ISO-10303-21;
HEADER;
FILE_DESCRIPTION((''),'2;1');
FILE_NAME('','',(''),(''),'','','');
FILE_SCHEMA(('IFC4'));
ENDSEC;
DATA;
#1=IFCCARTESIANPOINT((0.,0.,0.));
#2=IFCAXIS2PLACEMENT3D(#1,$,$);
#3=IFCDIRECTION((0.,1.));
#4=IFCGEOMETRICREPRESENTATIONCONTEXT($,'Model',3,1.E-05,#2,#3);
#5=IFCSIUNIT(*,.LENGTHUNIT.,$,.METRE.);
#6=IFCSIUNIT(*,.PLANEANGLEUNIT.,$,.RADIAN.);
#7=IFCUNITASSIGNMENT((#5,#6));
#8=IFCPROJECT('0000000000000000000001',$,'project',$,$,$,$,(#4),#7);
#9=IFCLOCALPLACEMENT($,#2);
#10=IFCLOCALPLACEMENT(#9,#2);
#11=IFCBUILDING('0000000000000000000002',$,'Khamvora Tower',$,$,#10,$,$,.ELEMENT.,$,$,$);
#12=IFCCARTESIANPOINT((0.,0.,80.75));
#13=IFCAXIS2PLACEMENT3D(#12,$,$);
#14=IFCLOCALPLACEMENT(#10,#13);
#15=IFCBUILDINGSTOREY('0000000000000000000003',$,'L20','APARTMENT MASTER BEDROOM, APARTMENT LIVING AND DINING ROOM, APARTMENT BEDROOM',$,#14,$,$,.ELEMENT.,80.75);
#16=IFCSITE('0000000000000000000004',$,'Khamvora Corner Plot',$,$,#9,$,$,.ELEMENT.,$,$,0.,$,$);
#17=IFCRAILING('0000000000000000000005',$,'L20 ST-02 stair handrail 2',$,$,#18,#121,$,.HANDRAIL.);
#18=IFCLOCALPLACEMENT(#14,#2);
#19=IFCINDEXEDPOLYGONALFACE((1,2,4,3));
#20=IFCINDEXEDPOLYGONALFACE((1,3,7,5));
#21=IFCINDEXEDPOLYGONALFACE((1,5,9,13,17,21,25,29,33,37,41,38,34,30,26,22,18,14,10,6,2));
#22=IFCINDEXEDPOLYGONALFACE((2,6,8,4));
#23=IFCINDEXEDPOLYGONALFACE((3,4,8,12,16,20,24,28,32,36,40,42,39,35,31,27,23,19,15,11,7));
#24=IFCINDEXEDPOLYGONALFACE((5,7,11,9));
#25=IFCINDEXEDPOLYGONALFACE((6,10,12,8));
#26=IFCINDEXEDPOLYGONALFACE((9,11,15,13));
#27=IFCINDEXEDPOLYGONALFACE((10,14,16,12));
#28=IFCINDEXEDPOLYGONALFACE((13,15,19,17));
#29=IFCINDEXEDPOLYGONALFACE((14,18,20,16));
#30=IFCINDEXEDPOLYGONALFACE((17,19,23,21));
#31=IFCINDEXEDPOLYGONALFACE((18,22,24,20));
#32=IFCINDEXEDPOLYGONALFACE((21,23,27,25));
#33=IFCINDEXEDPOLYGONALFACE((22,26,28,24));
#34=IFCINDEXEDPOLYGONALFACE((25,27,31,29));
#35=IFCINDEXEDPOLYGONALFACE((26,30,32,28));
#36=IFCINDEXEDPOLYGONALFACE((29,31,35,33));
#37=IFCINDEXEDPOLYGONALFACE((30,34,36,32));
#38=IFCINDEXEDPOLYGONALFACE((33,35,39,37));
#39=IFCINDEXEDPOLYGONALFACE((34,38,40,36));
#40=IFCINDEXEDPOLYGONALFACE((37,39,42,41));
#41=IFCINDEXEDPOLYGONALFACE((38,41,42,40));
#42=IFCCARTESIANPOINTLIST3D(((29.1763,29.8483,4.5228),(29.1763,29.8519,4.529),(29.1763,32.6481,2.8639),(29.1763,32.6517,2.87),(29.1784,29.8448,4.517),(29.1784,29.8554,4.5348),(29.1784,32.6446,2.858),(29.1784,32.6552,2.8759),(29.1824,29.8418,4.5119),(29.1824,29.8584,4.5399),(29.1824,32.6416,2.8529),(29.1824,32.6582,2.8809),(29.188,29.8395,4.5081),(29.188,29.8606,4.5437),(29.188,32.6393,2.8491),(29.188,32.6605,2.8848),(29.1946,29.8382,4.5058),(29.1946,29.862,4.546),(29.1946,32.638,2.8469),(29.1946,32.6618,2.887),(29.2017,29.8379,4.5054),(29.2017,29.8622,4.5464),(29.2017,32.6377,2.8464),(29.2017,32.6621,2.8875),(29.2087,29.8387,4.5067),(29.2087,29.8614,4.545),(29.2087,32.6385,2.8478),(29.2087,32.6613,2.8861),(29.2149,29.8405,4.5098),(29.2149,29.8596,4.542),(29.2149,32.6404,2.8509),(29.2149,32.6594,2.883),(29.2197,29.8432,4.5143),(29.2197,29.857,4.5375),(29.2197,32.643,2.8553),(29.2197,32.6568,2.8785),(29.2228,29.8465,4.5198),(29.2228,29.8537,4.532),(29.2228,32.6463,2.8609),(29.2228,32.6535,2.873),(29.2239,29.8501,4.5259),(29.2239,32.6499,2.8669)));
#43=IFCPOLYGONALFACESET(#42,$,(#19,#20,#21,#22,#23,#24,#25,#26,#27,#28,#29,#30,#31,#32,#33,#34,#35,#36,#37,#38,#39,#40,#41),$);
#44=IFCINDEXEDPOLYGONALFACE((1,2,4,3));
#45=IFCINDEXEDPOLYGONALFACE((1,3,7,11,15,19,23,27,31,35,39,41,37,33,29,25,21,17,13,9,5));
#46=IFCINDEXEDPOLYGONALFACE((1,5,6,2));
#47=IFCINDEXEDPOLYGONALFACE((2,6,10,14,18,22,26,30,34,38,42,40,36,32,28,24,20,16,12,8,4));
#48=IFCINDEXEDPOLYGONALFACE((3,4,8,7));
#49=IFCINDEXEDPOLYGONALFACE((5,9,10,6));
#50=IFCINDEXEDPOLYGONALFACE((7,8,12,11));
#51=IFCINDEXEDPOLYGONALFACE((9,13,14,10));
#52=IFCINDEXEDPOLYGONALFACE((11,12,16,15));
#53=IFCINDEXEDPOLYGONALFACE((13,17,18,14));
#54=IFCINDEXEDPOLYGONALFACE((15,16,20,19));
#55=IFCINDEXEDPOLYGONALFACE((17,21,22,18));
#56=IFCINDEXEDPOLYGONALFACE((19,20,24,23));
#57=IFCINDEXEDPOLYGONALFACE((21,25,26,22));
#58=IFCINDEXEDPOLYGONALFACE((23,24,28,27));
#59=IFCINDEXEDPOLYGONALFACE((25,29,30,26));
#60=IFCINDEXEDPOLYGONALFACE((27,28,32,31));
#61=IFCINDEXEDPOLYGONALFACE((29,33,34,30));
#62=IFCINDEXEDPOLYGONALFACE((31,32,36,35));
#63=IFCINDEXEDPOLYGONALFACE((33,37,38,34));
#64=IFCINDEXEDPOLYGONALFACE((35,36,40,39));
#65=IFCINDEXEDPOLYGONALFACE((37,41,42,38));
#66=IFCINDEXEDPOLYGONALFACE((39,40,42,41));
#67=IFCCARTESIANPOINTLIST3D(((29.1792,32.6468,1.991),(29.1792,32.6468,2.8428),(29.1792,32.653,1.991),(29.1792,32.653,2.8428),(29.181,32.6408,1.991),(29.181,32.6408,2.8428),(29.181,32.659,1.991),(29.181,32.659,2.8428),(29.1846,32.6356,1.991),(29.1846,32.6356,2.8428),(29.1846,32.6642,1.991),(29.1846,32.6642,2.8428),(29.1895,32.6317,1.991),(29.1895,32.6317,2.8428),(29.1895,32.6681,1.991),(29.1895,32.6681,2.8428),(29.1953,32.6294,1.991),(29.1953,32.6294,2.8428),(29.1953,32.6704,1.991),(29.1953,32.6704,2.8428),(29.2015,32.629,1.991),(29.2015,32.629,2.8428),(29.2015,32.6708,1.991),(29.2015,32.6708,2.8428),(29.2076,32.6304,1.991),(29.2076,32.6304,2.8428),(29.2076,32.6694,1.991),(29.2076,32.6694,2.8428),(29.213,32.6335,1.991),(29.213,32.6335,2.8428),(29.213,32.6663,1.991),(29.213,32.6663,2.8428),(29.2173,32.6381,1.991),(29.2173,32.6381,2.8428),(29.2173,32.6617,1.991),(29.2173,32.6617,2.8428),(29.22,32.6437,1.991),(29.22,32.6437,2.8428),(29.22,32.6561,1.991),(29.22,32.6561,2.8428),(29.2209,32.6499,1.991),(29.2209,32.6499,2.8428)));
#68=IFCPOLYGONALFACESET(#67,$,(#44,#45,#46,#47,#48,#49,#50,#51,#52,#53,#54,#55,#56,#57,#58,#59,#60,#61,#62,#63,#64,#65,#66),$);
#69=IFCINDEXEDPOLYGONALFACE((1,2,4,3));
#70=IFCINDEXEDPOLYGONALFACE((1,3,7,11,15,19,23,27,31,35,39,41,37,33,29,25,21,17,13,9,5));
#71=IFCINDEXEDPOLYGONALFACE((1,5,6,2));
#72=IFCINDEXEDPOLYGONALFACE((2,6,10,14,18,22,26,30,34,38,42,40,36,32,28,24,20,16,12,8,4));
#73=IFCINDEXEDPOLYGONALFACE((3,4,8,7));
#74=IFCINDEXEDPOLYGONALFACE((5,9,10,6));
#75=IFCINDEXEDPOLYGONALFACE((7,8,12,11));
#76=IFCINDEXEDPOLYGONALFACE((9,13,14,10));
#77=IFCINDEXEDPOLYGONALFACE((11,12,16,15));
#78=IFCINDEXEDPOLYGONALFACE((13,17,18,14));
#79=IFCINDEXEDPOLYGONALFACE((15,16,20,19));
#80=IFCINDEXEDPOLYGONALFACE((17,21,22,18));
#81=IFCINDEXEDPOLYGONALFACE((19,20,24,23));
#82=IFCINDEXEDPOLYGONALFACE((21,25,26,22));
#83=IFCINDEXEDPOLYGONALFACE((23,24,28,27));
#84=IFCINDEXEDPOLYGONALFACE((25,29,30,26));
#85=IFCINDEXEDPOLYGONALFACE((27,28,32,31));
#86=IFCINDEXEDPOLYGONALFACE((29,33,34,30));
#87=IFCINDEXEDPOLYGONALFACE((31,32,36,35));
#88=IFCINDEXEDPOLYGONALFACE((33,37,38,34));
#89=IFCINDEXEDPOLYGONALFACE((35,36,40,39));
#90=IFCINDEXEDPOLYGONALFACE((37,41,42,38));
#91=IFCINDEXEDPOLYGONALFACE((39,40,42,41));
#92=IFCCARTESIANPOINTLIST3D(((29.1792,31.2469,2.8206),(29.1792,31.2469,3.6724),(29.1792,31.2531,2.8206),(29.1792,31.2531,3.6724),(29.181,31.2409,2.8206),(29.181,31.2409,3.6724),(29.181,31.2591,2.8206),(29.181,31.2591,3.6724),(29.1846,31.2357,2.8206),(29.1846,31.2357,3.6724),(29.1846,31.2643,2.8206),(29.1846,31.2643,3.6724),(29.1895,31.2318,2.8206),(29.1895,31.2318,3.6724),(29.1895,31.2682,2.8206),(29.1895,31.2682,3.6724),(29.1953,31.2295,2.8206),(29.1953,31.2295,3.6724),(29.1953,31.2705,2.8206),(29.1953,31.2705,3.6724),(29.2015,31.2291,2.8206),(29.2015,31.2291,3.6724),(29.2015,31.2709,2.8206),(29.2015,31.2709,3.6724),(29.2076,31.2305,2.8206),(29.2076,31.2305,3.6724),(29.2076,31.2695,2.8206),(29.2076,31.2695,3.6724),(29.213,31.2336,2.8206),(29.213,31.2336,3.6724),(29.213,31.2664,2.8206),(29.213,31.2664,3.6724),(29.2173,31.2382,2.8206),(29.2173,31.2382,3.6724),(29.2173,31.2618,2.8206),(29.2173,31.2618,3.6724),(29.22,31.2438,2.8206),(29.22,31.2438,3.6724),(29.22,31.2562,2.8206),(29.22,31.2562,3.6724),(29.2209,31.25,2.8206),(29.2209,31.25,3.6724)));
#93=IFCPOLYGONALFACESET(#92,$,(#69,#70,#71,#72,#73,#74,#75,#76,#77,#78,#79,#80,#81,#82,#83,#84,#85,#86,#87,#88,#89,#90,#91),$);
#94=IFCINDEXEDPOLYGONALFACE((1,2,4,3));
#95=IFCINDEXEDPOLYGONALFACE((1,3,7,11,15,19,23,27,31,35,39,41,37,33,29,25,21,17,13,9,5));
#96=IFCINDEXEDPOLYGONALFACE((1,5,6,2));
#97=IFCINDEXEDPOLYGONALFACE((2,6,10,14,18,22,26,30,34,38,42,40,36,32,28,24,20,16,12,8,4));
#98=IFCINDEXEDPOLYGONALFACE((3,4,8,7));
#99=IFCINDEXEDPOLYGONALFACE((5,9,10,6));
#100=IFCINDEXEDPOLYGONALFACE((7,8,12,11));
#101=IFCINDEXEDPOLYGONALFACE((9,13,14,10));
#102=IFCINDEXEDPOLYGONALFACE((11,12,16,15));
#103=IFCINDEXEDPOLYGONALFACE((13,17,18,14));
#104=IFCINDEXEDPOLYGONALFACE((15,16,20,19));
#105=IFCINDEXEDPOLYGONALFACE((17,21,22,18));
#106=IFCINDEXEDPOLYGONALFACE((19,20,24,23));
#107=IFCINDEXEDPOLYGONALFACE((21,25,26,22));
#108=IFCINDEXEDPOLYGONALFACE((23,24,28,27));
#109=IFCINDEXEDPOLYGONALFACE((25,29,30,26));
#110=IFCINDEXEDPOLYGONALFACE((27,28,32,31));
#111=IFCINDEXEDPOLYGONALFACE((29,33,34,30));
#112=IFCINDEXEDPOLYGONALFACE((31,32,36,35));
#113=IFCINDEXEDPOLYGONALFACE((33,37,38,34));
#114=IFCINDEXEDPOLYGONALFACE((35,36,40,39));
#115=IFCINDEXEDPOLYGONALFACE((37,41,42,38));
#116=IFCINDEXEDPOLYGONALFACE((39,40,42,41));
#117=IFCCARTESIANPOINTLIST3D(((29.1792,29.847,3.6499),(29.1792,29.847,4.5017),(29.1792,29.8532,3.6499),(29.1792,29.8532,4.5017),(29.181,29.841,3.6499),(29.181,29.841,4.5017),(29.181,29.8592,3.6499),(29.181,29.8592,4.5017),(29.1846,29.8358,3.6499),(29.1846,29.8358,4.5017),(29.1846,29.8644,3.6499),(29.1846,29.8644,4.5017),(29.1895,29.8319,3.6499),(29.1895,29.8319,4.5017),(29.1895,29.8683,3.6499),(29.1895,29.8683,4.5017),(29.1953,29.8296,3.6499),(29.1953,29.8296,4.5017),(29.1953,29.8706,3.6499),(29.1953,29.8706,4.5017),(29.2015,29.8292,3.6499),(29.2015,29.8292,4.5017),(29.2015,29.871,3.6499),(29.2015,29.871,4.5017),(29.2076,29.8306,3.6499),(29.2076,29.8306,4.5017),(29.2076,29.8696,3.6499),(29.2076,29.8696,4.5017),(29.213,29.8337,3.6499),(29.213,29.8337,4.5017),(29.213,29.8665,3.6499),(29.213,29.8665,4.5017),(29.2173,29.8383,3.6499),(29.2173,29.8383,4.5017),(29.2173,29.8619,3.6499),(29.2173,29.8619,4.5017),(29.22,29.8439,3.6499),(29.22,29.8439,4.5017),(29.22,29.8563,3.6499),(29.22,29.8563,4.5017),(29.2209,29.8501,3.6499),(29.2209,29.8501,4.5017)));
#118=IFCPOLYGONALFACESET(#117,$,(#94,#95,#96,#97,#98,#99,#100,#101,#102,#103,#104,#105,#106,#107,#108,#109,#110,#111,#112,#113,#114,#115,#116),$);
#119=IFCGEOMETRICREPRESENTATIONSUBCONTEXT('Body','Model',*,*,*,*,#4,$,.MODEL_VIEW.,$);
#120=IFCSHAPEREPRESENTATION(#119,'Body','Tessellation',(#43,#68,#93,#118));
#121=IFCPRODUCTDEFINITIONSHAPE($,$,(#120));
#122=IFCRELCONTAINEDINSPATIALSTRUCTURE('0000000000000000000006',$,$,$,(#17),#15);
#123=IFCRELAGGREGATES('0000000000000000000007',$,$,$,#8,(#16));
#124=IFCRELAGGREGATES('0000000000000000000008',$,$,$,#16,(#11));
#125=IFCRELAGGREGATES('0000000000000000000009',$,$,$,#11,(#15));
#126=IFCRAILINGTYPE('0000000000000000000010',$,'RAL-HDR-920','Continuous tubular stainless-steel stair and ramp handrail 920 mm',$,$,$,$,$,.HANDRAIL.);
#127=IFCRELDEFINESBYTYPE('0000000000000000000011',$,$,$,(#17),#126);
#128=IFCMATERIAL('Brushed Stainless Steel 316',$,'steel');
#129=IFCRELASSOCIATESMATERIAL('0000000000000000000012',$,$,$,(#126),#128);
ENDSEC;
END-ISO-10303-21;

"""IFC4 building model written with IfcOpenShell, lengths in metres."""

from ifc_helpers import new_model, si_unit, direction, frame, origin, origin_2d, place, context, subcontext, project, spatial, circle, extrude, material, type_object, element, save


model = new_model("IFC4")

# Units and contexts
model_context = context("Model", 3, precision=1e-05, world=origin(), true_north=direction((0.0, 1.0)))
body_context = subcontext(model_context, "Body", "Model", "MODEL_VIEW")
ifc_project = project(units=[si_unit("LENGTHUNIT", "METRE"), si_unit("PLANEANGLEUNIT", "RADIAN")], contexts=[model_context])

# Site, building, storey
site_placement = place(None, origin())
site = spatial("IfcSite", under=ifc_project, at=site_placement, Name="Khamvora Corner Plot", CompositionType="ELEMENT", RefElevation=0.0)
building_placement = place(site_placement, origin())
building = spatial("IfcBuilding", under=site, at=building_placement, Name="Khamvora Tower", CompositionType="ELEMENT")
storey_placement = place(building_placement, frame((0.0, 0.0, 80.75)))
storey = spatial("IfcBuildingStorey", under=building, at=storey_placement, Name="L20", Description="APARTMENT MASTER BEDROOM, APARTMENT LIVING AND DINING ROOM, APARTMENT BEDROOM", CompositionType="ELEMENT", Elevation=80.75)

# Railing
ifc_material_1 = material(Name="Brushed Stainless Steel 316", Category="steel")
railing_type_1 = type_object("IfcRailingType", Name="RAL-HDR-920", Description="Continuous tubular stainless-steel stair and ramp handrail 920 mm", PredefinedType="HANDRAIL", material=ifc_material_1)
railing_1_placement = place(storey_placement, frame((29.2, 32.6499, 1.991)))
element("IfcRailing", 1, at=railing_1_placement, inside=storey, type_object=railing_type_1, Name="L20 ST-02 stair handrail 2", PredefinedType="HANDRAIL", context=body_context, shape_type="SweptSolid", body=[
    extrude(circle(Radius=0.0239, at=origin_2d()), frame((0.0, 0.0, 0.876), z_axis=(0.0, -0.86032, 0.509755), x_axis=(1.0, 0.0, 0.0)), (0.0, 0.0, 1.0), 3.2544),
    extrude(circle(Radius=0.021, at=origin_2d()), origin(), (0.0, 0.0, 1.0), 0.8518),
    extrude(circle(Radius=0.021, at=origin_2d()), frame((0.0, -1.3999, 0.8296)), (0.0, 0.0, 1.0), 0.8518),
    extrude(circle(Radius=0.021, at=origin_2d()), frame((0.0, -2.7998, 1.6589)), (0.0, 0.0, 1.0), 0.8518),
])

save(model, "model.ifc")
